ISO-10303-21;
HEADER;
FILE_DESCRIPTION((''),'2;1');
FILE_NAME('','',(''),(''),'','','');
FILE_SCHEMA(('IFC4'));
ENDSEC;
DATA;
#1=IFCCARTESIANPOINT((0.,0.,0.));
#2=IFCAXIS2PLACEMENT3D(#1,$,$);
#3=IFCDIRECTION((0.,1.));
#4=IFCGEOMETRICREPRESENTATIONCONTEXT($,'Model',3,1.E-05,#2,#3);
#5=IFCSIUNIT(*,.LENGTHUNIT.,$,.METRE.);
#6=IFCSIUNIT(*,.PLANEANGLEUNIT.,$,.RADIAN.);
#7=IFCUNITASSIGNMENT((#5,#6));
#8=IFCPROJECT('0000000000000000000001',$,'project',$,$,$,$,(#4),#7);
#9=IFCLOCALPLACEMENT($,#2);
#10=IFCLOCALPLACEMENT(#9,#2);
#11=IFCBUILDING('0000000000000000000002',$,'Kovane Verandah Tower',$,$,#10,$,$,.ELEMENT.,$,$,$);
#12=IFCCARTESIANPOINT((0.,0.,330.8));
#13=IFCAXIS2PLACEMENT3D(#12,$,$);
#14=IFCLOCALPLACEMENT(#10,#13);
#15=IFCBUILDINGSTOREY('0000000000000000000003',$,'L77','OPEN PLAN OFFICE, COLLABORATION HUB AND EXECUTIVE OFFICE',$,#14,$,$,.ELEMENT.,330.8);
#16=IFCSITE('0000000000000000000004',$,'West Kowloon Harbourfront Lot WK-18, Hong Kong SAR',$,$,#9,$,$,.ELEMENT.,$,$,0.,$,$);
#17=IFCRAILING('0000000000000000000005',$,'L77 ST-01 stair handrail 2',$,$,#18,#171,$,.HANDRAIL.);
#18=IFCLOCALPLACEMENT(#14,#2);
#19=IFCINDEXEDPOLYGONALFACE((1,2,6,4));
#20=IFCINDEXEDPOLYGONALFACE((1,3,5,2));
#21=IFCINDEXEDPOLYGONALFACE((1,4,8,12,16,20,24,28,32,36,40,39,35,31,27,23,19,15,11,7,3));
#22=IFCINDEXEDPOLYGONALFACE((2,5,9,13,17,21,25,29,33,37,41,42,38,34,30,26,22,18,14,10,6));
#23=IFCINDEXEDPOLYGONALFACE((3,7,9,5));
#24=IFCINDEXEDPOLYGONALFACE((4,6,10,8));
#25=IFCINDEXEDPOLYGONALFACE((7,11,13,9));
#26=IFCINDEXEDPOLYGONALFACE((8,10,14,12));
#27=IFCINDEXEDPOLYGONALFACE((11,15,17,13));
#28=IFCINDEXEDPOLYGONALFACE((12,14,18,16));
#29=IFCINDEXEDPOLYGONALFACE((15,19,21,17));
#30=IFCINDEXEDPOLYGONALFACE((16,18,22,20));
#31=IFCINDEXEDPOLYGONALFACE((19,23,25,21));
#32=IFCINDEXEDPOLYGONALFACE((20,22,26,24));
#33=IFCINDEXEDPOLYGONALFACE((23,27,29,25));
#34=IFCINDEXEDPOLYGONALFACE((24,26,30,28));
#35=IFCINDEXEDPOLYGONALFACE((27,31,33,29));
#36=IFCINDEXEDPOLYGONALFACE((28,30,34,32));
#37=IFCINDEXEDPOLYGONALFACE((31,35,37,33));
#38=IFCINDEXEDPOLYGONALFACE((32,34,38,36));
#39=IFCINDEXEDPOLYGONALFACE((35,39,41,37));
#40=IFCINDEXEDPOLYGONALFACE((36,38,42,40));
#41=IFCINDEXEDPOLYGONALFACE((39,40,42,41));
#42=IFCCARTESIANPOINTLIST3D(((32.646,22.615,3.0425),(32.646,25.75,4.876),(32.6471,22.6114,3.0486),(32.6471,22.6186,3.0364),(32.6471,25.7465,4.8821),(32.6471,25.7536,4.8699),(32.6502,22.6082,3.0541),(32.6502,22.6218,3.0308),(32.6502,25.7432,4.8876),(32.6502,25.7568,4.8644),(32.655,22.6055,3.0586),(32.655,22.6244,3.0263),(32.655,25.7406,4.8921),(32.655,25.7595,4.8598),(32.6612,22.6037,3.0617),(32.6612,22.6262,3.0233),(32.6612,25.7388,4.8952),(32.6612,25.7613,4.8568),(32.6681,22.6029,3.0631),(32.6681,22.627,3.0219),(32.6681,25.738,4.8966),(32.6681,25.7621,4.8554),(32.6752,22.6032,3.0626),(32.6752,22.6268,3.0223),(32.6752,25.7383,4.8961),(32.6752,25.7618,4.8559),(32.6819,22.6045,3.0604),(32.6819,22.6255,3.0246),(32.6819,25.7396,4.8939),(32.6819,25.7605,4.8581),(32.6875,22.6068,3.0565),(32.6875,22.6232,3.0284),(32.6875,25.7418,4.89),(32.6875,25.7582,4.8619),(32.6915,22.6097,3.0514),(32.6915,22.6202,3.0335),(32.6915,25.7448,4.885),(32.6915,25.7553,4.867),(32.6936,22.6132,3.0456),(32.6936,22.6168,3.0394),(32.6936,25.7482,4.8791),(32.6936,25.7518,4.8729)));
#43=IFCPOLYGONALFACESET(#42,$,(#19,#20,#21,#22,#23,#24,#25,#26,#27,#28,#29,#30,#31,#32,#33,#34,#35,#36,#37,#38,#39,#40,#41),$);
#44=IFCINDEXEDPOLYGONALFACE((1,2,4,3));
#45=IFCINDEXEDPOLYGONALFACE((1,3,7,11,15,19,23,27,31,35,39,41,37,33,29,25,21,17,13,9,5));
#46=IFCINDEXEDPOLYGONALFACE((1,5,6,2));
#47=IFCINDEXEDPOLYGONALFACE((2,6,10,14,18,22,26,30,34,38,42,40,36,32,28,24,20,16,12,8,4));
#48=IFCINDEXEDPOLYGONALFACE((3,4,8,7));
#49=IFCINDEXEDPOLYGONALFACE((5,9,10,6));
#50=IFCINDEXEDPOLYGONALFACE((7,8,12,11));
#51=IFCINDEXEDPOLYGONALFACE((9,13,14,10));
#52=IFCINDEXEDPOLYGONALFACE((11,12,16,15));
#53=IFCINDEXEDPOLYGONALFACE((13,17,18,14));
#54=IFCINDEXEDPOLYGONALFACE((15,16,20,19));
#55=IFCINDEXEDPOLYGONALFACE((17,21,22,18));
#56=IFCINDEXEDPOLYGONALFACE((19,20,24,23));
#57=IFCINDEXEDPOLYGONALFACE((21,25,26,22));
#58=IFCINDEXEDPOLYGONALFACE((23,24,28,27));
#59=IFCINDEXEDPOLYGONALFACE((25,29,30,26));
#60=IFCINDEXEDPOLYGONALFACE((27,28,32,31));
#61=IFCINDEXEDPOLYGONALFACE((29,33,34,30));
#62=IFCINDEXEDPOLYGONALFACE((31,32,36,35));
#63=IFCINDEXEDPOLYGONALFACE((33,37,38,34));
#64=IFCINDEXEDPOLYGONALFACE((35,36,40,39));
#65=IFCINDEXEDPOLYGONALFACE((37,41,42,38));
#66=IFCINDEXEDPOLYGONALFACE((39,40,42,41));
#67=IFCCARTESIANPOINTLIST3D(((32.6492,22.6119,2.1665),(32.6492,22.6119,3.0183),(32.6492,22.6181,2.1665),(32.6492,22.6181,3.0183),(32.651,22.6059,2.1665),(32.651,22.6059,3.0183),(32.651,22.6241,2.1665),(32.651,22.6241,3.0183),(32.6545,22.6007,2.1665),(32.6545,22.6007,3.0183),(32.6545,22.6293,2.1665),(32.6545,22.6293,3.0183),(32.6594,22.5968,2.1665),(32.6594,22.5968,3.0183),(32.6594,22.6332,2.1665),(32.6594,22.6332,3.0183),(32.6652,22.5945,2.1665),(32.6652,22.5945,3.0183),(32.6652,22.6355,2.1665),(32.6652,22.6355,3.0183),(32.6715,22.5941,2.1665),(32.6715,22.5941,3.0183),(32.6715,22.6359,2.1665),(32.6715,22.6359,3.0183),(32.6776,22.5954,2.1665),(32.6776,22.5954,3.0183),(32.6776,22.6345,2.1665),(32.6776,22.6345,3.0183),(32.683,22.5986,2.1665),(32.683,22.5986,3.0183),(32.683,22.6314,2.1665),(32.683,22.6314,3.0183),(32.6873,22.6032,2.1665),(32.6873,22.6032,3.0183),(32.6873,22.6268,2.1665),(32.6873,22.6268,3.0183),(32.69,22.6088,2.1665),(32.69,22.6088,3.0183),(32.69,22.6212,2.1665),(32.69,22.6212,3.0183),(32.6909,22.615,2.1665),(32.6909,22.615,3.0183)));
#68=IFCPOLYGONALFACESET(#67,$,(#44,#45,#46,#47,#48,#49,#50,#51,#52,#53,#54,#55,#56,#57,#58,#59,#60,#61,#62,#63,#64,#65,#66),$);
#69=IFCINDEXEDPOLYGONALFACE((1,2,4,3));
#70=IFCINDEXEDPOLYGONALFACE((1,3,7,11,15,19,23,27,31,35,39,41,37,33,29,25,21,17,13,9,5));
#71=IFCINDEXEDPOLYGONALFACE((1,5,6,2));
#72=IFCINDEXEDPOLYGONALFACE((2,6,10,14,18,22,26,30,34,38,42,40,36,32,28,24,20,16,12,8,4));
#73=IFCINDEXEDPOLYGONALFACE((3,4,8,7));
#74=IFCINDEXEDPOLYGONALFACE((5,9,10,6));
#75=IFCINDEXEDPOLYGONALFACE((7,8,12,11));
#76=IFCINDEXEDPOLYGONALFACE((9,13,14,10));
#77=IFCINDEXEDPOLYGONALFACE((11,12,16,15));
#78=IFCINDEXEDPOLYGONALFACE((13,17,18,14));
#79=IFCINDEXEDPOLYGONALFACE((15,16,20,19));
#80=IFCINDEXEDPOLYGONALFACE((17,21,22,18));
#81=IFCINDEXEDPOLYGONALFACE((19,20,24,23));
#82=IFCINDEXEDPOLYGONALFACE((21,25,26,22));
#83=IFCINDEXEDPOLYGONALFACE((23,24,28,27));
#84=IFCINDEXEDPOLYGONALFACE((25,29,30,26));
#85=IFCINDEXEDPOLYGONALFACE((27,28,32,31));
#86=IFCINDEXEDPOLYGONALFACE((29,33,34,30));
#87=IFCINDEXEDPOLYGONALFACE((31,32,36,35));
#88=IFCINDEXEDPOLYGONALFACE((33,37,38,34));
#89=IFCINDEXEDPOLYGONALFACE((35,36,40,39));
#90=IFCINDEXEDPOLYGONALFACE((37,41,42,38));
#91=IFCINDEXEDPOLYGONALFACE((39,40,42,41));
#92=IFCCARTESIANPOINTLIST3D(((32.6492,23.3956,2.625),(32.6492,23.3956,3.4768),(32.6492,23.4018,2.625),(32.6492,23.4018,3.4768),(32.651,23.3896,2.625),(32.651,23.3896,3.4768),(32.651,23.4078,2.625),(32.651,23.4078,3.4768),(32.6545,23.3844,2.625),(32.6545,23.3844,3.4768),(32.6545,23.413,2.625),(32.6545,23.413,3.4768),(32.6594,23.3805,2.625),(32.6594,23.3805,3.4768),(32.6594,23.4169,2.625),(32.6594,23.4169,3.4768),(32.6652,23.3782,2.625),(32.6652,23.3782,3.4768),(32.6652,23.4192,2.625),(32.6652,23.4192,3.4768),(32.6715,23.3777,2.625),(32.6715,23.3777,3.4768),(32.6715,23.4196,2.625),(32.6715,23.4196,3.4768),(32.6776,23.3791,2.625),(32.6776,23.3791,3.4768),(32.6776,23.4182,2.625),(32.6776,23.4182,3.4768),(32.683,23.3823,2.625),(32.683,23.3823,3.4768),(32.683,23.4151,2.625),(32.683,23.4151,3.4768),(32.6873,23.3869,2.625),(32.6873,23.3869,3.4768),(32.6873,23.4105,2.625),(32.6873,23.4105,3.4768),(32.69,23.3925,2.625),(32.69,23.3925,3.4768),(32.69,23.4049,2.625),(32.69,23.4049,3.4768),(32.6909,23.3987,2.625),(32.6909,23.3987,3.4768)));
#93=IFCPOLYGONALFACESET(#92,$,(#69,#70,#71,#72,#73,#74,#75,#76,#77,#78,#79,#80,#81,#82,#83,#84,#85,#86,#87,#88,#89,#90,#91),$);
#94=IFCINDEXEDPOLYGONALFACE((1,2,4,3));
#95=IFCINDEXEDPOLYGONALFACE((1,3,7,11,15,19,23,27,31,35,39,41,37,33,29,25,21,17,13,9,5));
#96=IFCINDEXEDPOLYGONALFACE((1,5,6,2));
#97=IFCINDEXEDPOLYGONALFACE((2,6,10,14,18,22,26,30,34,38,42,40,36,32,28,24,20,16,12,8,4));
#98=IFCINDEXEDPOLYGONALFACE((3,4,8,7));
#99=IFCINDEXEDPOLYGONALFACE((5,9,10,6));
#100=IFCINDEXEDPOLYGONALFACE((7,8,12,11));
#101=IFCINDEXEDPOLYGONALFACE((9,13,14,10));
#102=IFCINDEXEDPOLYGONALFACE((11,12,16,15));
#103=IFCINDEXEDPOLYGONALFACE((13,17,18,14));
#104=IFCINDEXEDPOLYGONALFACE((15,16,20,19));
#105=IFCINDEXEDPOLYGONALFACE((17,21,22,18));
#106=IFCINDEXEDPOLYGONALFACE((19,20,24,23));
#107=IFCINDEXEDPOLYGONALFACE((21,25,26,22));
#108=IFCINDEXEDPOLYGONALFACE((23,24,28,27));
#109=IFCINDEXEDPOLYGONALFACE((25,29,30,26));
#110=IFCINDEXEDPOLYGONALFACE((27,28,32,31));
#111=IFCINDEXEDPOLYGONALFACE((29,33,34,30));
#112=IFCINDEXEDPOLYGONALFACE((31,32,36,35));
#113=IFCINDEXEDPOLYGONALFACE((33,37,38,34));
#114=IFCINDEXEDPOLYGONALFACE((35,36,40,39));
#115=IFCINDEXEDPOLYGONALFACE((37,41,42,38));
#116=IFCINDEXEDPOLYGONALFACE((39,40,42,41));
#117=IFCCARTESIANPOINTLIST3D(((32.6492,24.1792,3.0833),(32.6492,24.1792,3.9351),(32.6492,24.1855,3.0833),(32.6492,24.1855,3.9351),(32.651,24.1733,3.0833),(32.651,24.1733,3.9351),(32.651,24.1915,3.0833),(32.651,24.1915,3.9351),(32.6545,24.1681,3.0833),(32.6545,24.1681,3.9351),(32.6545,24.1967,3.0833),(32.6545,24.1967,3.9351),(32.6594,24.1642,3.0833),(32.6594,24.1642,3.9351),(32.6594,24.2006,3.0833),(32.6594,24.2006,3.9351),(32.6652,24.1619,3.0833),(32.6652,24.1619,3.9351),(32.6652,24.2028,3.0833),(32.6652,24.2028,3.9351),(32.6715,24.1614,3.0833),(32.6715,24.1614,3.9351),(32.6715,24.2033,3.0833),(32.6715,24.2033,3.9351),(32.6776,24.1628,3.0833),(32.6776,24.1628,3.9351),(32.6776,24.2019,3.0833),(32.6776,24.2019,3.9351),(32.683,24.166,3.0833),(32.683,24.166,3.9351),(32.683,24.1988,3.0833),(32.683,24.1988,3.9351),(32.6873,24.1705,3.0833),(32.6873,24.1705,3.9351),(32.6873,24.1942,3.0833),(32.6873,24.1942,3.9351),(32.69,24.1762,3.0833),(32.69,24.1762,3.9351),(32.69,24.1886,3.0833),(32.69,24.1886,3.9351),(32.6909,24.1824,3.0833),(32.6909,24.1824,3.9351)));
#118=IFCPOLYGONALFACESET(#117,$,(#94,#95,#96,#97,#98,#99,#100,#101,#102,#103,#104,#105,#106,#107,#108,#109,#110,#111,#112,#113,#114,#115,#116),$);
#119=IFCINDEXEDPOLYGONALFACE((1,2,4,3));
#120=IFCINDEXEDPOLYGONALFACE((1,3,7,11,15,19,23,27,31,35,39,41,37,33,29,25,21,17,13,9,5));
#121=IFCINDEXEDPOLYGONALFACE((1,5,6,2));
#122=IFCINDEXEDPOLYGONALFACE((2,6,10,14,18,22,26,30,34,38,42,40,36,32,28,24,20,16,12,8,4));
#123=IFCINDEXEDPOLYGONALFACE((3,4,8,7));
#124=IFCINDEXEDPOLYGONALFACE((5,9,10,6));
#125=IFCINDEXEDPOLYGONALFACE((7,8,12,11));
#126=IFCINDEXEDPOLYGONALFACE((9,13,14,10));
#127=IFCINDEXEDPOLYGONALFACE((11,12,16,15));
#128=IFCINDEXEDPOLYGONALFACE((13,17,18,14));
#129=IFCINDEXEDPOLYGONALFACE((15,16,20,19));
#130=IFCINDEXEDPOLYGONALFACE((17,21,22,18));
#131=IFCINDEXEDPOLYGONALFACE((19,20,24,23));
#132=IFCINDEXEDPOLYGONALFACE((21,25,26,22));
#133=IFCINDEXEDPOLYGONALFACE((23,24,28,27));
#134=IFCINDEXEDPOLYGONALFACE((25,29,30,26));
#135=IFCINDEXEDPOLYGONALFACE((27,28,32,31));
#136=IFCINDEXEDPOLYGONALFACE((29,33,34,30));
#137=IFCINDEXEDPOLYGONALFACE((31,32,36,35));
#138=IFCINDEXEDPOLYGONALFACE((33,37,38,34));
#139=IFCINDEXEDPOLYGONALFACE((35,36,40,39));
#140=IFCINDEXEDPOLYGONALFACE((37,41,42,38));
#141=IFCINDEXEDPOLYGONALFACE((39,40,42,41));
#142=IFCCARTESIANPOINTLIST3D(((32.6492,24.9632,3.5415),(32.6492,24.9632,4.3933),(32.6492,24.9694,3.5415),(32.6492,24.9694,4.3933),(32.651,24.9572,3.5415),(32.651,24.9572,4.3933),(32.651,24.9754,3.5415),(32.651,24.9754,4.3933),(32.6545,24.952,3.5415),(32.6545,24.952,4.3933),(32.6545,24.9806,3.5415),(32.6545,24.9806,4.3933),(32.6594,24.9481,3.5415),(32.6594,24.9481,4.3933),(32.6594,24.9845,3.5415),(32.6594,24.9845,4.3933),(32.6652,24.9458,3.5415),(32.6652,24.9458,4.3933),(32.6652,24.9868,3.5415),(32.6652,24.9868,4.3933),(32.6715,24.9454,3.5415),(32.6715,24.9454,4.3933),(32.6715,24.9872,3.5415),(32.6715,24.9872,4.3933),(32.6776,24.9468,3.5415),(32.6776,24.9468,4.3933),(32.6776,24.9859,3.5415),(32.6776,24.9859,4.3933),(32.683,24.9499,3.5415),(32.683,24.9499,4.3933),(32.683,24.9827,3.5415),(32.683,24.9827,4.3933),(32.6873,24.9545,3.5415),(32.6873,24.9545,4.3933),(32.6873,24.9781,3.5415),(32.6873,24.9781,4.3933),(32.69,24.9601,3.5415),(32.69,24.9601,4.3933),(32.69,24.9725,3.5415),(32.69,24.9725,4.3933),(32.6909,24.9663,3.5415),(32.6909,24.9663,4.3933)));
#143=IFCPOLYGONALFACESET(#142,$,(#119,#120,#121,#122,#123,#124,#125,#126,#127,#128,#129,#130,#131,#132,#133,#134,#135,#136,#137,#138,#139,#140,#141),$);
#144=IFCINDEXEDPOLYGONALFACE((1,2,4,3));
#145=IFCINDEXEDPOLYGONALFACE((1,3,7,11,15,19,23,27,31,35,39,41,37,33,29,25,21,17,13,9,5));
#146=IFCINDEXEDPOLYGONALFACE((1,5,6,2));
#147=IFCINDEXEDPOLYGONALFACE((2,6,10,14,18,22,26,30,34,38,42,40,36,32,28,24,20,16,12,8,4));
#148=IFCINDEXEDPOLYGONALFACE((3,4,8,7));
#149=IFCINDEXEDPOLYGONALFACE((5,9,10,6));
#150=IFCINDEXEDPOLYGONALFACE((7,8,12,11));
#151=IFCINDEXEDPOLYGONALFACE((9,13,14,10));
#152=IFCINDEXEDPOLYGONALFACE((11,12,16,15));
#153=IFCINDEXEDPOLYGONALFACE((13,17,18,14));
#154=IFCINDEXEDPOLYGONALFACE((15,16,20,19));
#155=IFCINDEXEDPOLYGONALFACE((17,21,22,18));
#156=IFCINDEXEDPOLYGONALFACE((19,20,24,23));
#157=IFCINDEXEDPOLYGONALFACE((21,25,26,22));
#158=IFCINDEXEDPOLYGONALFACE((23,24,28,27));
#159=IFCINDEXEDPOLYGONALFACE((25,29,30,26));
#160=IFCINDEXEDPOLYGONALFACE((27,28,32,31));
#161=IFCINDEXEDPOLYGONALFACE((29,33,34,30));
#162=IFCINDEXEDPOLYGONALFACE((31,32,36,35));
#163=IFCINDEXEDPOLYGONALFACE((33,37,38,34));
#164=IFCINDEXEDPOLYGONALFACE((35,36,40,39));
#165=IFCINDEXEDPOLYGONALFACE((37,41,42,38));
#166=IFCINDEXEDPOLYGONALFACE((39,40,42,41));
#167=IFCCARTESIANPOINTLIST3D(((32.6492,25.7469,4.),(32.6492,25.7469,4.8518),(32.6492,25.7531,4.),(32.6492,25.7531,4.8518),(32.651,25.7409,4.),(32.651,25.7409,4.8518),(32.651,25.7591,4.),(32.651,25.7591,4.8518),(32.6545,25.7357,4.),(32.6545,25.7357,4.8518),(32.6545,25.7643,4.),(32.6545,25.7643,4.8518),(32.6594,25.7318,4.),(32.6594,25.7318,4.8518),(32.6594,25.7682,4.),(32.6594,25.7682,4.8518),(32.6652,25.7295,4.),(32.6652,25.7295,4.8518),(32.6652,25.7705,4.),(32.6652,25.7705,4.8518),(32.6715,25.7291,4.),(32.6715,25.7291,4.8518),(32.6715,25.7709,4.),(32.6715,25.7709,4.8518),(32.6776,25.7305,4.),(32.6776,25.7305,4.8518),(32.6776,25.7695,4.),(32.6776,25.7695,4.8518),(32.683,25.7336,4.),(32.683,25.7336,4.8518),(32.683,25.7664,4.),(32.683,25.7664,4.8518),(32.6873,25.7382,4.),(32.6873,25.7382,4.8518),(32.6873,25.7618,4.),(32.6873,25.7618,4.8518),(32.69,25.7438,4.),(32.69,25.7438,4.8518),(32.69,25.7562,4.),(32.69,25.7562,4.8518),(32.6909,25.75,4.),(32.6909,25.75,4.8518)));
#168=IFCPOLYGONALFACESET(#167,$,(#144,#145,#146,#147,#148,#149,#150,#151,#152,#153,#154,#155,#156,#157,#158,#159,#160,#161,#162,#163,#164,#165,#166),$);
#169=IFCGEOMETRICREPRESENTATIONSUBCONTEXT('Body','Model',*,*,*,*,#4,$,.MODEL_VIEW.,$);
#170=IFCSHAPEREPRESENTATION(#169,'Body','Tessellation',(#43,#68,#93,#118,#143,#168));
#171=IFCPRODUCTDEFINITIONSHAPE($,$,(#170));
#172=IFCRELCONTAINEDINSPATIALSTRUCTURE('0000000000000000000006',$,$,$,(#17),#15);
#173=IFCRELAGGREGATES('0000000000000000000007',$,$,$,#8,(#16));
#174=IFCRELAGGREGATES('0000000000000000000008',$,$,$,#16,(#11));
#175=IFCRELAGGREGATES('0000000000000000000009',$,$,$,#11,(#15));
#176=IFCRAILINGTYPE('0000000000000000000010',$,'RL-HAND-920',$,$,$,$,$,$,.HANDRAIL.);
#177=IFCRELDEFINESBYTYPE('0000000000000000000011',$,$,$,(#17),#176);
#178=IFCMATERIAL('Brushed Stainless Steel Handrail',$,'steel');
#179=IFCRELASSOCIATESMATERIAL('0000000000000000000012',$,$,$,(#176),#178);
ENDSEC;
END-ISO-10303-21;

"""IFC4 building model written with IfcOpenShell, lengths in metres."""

from ifc_helpers import new_model, si_unit, direction, frame, origin, origin_2d, place, context, subcontext, project, spatial, circle, extrude, material, type_object, element, save


model = new_model("IFC4")

# Units and contexts
model_context = context("Model", 3, precision=1e-05, world=origin(), true_north=direction((0.0, 1.0)))
body_context = subcontext(model_context, "Body", "Model", "MODEL_VIEW")
ifc_project = project(units=[si_unit("LENGTHUNIT", "METRE"), si_unit("PLANEANGLEUNIT", "RADIAN")], contexts=[model_context])

# Site, building, storey
site_placement = place(None, origin())
site = spatial("IfcSite", under=ifc_project, at=site_placement, Name="West Kowloon Harbourfront Lot WK-18, Hong Kong SAR", CompositionType="ELEMENT", RefElevation=0.0)
building_placement = place(site_placement, origin())
building = spatial("IfcBuilding", under=site, at=building_placement, Name="Kovane Verandah Tower", CompositionType="ELEMENT")
storey_placement = place(building_placement, frame((0.0, 0.0, 330.8)))
storey = spatial("IfcBuildingStorey", under=building, at=storey_placement, Name="L77", Description="OPEN PLAN OFFICE, COLLABORATION HUB AND EXECUTIVE OFFICE", CompositionType="ELEMENT", Elevation=330.8)

# Railing
ifc_material_1 = material(Name="Brushed Stainless Steel Handrail", Category="steel")
railing_type_1 = type_object("IfcRailingType", Name="RL-HAND-920", PredefinedType="HANDRAIL", material=ifc_material_1)
railing_1_placement = place(storey_placement, frame((32.6699, 22.615, 2.1665)))
element("IfcRailing", 1, at=railing_1_placement, inside=storey, type_object=railing_type_1, Name="L77 ST-01 stair handrail 2", PredefinedType="HANDRAIL", context=body_context, shape_type="SweptSolid", body=[
    extrude(circle(Radius=0.0239, at=origin_2d()), frame((0.0, 0.0, 0.876), z_axis=(0.0, 0.86321, 0.504845), x_axis=(-1.0, 0.0, 0.0)), (0.0, 0.0, 1.0), 3.6318),
    extrude(circle(Radius=0.021, at=origin_2d()), origin(), (0.0, 0.0, 1.0), 0.8518),
    extrude(circle(Radius=0.021, at=origin_2d()), frame((0.0, 0.7837, 0.4585)), (0.0, 0.0, 1.0), 0.8518),
    extrude(circle(Radius=0.021, at=origin_2d()), frame((0.0, 1.5674, 0.9167)), (0.0, 0.0, 1.0), 0.8518),
    extrude(circle(Radius=0.021, at=origin_2d()), frame((0.0, 2.3513, 1.375)), (0.0, 0.0, 1.0), 0.8518),
    extrude(circle(Radius=0.021, at=origin_2d()), frame((0.0, 3.135, 1.8335)), (0.0, 0.0, 1.0), 0.8518),
])

save(model, "model.ifc")
